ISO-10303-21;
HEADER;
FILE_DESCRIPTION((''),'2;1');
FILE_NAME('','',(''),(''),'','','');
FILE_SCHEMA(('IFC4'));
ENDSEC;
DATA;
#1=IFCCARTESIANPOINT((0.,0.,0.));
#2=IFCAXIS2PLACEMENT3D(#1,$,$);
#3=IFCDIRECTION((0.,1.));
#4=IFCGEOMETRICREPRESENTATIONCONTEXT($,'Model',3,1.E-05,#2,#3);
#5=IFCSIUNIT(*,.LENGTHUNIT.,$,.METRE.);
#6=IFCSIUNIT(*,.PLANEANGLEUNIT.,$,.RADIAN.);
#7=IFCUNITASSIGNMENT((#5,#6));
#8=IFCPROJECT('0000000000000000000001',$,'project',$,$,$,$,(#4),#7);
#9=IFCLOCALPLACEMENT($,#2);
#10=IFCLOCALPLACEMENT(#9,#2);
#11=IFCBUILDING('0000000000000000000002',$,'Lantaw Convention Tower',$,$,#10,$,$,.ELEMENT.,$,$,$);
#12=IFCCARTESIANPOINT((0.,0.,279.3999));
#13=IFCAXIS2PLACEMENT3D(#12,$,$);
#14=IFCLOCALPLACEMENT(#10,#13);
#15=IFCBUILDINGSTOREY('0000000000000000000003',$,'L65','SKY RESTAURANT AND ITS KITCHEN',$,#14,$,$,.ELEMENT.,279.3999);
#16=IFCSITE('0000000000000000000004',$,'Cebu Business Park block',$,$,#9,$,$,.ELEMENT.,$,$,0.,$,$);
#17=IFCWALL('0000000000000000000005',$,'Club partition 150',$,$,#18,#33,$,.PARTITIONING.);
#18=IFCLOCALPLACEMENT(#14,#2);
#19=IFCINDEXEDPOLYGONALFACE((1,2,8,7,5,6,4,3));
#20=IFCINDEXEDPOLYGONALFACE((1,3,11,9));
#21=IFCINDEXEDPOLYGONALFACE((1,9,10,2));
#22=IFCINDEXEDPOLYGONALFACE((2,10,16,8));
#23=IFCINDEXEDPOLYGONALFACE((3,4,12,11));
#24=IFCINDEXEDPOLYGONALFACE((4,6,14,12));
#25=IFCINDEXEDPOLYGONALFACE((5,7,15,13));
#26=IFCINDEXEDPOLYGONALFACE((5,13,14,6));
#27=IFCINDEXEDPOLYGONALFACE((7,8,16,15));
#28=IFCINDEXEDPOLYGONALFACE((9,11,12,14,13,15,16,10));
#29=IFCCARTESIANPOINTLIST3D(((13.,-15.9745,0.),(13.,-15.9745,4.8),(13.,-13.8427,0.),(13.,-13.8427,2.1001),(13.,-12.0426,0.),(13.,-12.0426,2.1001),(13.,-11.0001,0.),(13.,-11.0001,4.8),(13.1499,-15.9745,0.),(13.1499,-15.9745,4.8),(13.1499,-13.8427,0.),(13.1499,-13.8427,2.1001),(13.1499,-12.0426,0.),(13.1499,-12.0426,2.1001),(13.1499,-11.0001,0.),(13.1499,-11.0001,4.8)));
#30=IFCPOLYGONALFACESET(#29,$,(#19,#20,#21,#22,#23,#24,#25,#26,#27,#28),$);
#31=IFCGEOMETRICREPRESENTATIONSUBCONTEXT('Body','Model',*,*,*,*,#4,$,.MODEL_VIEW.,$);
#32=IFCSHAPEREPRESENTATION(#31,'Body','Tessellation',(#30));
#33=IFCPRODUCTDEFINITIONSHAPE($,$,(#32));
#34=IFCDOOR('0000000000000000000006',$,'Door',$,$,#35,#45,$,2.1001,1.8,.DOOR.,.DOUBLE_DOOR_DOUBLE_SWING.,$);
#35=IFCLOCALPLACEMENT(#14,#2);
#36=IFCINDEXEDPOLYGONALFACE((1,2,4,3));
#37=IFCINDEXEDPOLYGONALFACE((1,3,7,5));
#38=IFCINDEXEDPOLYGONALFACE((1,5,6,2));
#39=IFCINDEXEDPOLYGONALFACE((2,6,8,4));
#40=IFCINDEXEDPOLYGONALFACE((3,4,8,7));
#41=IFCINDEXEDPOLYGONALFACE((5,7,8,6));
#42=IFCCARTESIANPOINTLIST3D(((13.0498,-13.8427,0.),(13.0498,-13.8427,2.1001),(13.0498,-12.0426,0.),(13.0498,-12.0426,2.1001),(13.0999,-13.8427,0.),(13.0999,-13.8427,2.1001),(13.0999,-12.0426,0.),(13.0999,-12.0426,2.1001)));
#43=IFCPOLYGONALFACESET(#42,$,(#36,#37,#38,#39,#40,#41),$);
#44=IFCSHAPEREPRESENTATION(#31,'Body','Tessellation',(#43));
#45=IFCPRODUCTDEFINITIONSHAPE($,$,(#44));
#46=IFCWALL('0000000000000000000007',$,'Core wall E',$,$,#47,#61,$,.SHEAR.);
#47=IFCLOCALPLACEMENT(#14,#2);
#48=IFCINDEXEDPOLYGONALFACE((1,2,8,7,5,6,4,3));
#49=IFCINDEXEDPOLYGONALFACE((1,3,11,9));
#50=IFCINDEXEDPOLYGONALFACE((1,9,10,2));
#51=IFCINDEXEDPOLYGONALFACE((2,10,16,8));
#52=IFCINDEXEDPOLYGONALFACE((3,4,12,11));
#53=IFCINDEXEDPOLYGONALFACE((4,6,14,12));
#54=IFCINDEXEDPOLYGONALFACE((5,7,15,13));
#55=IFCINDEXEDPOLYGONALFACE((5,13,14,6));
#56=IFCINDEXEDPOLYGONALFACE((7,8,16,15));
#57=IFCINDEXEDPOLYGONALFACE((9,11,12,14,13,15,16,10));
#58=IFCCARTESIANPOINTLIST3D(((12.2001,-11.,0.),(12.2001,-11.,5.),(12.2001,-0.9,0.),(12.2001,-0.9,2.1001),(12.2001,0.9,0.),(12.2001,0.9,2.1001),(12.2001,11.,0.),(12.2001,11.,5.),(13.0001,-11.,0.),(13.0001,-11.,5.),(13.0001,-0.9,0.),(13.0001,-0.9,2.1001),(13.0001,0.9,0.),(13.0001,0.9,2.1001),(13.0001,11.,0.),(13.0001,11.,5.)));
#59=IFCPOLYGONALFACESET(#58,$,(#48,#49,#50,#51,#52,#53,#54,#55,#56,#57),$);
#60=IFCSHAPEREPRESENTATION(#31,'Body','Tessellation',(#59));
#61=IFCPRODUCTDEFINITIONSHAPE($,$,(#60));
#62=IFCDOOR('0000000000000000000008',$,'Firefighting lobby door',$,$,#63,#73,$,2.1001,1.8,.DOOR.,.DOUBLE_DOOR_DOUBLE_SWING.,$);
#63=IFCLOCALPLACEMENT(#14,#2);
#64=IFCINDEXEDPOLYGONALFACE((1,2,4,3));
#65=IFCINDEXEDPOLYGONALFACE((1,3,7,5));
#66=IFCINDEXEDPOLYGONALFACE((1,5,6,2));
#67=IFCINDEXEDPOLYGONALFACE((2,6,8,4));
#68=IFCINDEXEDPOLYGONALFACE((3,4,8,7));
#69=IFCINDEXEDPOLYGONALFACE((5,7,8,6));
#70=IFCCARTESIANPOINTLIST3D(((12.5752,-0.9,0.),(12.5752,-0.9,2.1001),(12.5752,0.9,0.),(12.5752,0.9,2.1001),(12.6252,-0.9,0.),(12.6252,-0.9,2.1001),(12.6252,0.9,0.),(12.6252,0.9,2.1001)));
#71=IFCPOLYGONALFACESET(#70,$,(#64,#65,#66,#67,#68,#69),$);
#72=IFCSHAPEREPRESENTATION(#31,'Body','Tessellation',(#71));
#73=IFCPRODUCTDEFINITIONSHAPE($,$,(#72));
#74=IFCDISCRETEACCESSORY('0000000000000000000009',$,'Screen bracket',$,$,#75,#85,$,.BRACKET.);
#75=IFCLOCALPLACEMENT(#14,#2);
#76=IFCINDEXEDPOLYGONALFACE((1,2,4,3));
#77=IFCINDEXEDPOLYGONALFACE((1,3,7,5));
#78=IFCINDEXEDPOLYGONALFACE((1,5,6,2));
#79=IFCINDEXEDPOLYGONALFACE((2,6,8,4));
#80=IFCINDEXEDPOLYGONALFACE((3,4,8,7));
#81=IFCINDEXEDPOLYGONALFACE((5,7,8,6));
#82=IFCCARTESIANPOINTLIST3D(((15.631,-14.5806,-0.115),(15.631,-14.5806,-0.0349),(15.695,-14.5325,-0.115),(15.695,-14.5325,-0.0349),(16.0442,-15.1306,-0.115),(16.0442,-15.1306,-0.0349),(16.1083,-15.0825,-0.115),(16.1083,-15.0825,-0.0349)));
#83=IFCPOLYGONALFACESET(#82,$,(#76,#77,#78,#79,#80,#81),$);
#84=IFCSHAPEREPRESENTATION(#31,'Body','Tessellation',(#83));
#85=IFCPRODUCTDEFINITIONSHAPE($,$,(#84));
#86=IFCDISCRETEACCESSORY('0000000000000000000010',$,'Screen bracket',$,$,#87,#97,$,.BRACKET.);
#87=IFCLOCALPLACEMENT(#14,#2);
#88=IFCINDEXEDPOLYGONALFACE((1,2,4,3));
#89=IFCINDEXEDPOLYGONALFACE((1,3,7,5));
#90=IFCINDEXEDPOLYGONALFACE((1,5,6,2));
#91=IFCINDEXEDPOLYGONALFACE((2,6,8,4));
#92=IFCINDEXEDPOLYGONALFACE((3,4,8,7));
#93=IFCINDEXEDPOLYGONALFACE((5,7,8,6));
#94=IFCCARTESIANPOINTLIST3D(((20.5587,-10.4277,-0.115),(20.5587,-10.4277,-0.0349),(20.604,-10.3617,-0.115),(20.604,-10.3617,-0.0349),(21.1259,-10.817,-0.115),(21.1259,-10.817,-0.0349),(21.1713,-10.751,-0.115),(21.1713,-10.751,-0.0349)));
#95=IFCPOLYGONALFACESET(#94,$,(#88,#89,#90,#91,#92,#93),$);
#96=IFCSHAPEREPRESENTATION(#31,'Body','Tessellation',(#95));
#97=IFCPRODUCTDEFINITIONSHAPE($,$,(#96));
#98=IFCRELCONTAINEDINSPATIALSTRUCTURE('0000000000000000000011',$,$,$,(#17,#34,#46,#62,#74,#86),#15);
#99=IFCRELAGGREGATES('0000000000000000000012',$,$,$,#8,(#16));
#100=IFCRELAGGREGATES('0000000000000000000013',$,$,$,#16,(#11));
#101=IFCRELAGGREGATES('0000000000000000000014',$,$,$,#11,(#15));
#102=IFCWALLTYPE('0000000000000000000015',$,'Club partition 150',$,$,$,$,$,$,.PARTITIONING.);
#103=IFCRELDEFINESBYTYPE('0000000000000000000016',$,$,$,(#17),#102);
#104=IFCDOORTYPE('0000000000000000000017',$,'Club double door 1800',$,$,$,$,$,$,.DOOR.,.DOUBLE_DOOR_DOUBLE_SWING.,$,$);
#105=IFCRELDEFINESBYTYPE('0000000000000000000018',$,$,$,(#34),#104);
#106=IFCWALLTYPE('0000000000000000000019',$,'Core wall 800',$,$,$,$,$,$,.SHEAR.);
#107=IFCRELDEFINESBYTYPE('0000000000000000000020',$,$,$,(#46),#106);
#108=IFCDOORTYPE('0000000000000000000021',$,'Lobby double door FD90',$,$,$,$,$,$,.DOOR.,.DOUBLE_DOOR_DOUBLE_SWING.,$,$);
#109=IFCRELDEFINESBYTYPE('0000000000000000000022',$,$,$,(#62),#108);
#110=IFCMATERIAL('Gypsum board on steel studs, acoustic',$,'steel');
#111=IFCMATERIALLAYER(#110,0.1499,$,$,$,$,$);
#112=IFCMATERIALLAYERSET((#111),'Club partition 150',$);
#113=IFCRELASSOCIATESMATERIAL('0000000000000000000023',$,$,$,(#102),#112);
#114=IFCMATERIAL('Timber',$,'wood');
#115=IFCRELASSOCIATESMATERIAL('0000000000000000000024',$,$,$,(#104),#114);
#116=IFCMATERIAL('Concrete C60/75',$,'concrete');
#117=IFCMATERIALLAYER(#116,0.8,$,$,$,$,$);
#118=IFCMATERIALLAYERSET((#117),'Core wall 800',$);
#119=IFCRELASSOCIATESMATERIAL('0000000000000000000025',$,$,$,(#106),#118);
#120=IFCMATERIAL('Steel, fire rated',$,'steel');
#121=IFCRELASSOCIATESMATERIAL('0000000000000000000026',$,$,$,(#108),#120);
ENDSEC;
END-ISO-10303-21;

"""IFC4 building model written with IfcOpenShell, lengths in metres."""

from ifc_helpers import new_model, si_unit, direction, frame, frame_2d, origin, origin_2d, place, context, subcontext, project, spatial, rectangle, extrude, material, layer, layer_set, type_object, element, fill, save


model = new_model("IFC4")

# Units and contexts
model_context = context("Model", 3, precision=1e-05, world=origin(), true_north=direction((0.0, 1.0)))
body_context = subcontext(model_context, "Body", "Model", "MODEL_VIEW")
ifc_project = project(units=[si_unit("LENGTHUNIT", "METRE"), si_unit("PLANEANGLEUNIT", "RADIAN")], contexts=[model_context])

# Site, building, storey
site_placement = place(None, origin())
site = spatial("IfcSite", under=ifc_project, at=site_placement, Name="Cebu Business Park block", CompositionType="ELEMENT", RefElevation=0.0)
building_placement = place(site_placement, origin())
building = spatial("IfcBuilding", under=site, at=building_placement, Name="Lantaw Convention Tower", CompositionType="ELEMENT")
storey_placement = place(building_placement, frame((0.0, 0.0, 279.3999)))
storey = spatial("IfcBuildingStorey", under=building, at=storey_placement, Name="L65", Description="SKY RESTAURANT AND ITS KITCHEN", CompositionType="ELEMENT", Elevation=279.3999)

# Shared definitions
ifc_material_1 = material(Name="Concrete C60/75", Category="concrete")

# Walls, openings, doors
ifc_material_2 = material(Name="Gypsum board on steel studs, acoustic", Category="steel")
ifc_layer_1 = layer(ifc_material_2, 0.1499)
ifc_layer_set_1 = layer_set([ifc_layer_1], Name="Club partition 150")
wall_type_1 = type_object("IfcWallType", Name="Club partition 150", PredefinedType="PARTITIONING", material=ifc_layer_set_1)
wall_1_placement = place(storey_placement, frame((13.075, -11.0, 0.0), z_axis=(0.0, 0.0, 1.0), x_axis=(0.0, -1.0, 0.0)))
wall_1 = element("IfcWall", 1, at=wall_1_placement, inside=storey, type_object=wall_type_1, Name="Club partition 150", PredefinedType="PARTITIONING", context=body_context, shape_type="SweptSolid", body=[
    extrude(rectangle(XDim=4.9744, YDim=0.1499, at=frame_2d((2.4873, 0.0))), origin(), (0.0, 0.0, 1.0), 4.8),
])
opening_1_placement = place(wall_1_placement, frame((1.0427, 0.0, 0.0)))
opening_1 = element("IfcOpeningElement", 2, at=opening_1_placement, cuts=wall_1, PredefinedType="OPENING", context=body_context, shape_type="SweptSolid", body=[
    extrude(rectangle(XDim=1.8, YDim=2.1001, at=frame_2d((0.8999, 1.05))), frame((0.0, 0.085, 0.0), z_axis=(0.0, -1.0, 0.0), x_axis=(1.0, 0.0, 0.0)), (0.0, 0.0, 1.0), 0.1699),
])
ifc_material_3 = material(Name="Timber", Category="wood")
door_type_1 = type_object("IfcDoorType", Name="Club double door 1800", OperationType="DOUBLE_DOOR_DOUBLE_SWING", PredefinedType="DOOR", material=ifc_material_3)
door_1_placement = place(opening_1_placement, origin())
door_1 = element("IfcDoor", 3, at=door_1_placement, inside=storey, type_object=door_type_1, Name="Door", OperationType="DOUBLE_DOOR_DOUBLE_SWING", OverallHeight=2.1001, OverallWidth=1.8, PredefinedType="DOOR", context=body_context, shape_type="SweptSolid", body=[
    extrude(rectangle(XDim=1.8, YDim=2.1001, at=frame_2d((0.8999, 1.05))), frame((0.0, 0.0249, 0.0), z_axis=(0.0, -1.0, 0.0), x_axis=(1.0, 0.0, 0.0)), (0.0, 0.0, 1.0), 0.05),
])
fill(opening_1, door_1)
ifc_layer_2 = layer(ifc_material_1, 0.8)
ifc_layer_set_2 = layer_set([ifc_layer_2], Name="Core wall 800")
wall_type_2 = type_object("IfcWallType", Name="Core wall 800", PredefinedType="SHEAR", material=ifc_layer_set_2)
wall_2_placement = place(storey_placement, frame((12.6001, -11.0, 0.0), z_axis=(0.0, 0.0, 1.0), x_axis=(0.0, 1.0, 0.0)))
wall_2 = element("IfcWall", 4, at=wall_2_placement, inside=storey, type_object=wall_type_2, Name="Core wall E", PredefinedType="SHEAR", context=body_context, shape_type="SweptSolid", body=[
    extrude(rectangle(XDim=22.0, YDim=0.8, at=frame_2d((11.0, 0.0))), origin(), (0.0, 0.0, 1.0), 5.0),
])
opening_2_placement = place(wall_2_placement, frame((10.1001, 0.0, 0.0)))
opening_2 = element("IfcOpeningElement", 5, at=opening_2_placement, cuts=wall_2, PredefinedType="OPENING", context=body_context, shape_type="SweptSolid", body=[
    extrude(rectangle(XDim=1.8, YDim=2.1001, at=frame_2d((0.8999, 1.05))), frame((0.0, 0.4099, 0.0), z_axis=(0.0, -1.0, 0.0), x_axis=(1.0, 0.0, 0.0)), (0.0, 0.0, 1.0), 0.8201),
])
ifc_material_4 = material(Name="Steel, fire rated", Category="steel")
door_type_2 = type_object("IfcDoorType", Name="Lobby double door FD90", OperationType="DOUBLE_DOOR_DOUBLE_SWING", PredefinedType="DOOR", material=ifc_material_4)
door_2_placement = place(opening_2_placement, origin())
door_2 = element("IfcDoor", 6, at=door_2_placement, inside=storey, type_object=door_type_2, Name="Firefighting lobby door", OperationType="DOUBLE_DOOR_DOUBLE_SWING", OverallHeight=2.1001, OverallWidth=1.8, PredefinedType="DOOR", context=body_context, shape_type="SweptSolid", body=[
    extrude(rectangle(XDim=1.8, YDim=2.1001, at=frame_2d((0.8999, 1.05))), frame((0.0, 0.0249, 0.0), z_axis=(0.0, -1.0, 0.0), x_axis=(1.0, 0.0, 0.0)), (0.0, 0.0, 1.0), 0.05),
])
fill(opening_2, door_2)

# Discrete accessories
for number, where, z_axis, x_axis, name in (
    (7, (15.8696, -14.8315, -0.115), (0.0, 0.0, 1.0), (0.799518, 0.600643, 0.0), "Screen bracket"),
    (8, (20.865, -10.5894, -0.115), (0.0, 0.0, 1.0), (0.565935, 0.82445, 0.0), "Screen bracket"),
):
    element("IfcDiscreteAccessory", number, at=place(storey_placement, frame(where, z_axis=z_axis, x_axis=x_axis)), inside=storey, Name=name, PredefinedType="BRACKET", context=body_context, shape_type="SweptSolid", body=[
        extrude(rectangle(XDim=0.0801, YDim=0.688, at=origin_2d()), origin(), (0.0, 0.0, 1.0), 0.0801),
    ])

save(model, "model.ifc")
